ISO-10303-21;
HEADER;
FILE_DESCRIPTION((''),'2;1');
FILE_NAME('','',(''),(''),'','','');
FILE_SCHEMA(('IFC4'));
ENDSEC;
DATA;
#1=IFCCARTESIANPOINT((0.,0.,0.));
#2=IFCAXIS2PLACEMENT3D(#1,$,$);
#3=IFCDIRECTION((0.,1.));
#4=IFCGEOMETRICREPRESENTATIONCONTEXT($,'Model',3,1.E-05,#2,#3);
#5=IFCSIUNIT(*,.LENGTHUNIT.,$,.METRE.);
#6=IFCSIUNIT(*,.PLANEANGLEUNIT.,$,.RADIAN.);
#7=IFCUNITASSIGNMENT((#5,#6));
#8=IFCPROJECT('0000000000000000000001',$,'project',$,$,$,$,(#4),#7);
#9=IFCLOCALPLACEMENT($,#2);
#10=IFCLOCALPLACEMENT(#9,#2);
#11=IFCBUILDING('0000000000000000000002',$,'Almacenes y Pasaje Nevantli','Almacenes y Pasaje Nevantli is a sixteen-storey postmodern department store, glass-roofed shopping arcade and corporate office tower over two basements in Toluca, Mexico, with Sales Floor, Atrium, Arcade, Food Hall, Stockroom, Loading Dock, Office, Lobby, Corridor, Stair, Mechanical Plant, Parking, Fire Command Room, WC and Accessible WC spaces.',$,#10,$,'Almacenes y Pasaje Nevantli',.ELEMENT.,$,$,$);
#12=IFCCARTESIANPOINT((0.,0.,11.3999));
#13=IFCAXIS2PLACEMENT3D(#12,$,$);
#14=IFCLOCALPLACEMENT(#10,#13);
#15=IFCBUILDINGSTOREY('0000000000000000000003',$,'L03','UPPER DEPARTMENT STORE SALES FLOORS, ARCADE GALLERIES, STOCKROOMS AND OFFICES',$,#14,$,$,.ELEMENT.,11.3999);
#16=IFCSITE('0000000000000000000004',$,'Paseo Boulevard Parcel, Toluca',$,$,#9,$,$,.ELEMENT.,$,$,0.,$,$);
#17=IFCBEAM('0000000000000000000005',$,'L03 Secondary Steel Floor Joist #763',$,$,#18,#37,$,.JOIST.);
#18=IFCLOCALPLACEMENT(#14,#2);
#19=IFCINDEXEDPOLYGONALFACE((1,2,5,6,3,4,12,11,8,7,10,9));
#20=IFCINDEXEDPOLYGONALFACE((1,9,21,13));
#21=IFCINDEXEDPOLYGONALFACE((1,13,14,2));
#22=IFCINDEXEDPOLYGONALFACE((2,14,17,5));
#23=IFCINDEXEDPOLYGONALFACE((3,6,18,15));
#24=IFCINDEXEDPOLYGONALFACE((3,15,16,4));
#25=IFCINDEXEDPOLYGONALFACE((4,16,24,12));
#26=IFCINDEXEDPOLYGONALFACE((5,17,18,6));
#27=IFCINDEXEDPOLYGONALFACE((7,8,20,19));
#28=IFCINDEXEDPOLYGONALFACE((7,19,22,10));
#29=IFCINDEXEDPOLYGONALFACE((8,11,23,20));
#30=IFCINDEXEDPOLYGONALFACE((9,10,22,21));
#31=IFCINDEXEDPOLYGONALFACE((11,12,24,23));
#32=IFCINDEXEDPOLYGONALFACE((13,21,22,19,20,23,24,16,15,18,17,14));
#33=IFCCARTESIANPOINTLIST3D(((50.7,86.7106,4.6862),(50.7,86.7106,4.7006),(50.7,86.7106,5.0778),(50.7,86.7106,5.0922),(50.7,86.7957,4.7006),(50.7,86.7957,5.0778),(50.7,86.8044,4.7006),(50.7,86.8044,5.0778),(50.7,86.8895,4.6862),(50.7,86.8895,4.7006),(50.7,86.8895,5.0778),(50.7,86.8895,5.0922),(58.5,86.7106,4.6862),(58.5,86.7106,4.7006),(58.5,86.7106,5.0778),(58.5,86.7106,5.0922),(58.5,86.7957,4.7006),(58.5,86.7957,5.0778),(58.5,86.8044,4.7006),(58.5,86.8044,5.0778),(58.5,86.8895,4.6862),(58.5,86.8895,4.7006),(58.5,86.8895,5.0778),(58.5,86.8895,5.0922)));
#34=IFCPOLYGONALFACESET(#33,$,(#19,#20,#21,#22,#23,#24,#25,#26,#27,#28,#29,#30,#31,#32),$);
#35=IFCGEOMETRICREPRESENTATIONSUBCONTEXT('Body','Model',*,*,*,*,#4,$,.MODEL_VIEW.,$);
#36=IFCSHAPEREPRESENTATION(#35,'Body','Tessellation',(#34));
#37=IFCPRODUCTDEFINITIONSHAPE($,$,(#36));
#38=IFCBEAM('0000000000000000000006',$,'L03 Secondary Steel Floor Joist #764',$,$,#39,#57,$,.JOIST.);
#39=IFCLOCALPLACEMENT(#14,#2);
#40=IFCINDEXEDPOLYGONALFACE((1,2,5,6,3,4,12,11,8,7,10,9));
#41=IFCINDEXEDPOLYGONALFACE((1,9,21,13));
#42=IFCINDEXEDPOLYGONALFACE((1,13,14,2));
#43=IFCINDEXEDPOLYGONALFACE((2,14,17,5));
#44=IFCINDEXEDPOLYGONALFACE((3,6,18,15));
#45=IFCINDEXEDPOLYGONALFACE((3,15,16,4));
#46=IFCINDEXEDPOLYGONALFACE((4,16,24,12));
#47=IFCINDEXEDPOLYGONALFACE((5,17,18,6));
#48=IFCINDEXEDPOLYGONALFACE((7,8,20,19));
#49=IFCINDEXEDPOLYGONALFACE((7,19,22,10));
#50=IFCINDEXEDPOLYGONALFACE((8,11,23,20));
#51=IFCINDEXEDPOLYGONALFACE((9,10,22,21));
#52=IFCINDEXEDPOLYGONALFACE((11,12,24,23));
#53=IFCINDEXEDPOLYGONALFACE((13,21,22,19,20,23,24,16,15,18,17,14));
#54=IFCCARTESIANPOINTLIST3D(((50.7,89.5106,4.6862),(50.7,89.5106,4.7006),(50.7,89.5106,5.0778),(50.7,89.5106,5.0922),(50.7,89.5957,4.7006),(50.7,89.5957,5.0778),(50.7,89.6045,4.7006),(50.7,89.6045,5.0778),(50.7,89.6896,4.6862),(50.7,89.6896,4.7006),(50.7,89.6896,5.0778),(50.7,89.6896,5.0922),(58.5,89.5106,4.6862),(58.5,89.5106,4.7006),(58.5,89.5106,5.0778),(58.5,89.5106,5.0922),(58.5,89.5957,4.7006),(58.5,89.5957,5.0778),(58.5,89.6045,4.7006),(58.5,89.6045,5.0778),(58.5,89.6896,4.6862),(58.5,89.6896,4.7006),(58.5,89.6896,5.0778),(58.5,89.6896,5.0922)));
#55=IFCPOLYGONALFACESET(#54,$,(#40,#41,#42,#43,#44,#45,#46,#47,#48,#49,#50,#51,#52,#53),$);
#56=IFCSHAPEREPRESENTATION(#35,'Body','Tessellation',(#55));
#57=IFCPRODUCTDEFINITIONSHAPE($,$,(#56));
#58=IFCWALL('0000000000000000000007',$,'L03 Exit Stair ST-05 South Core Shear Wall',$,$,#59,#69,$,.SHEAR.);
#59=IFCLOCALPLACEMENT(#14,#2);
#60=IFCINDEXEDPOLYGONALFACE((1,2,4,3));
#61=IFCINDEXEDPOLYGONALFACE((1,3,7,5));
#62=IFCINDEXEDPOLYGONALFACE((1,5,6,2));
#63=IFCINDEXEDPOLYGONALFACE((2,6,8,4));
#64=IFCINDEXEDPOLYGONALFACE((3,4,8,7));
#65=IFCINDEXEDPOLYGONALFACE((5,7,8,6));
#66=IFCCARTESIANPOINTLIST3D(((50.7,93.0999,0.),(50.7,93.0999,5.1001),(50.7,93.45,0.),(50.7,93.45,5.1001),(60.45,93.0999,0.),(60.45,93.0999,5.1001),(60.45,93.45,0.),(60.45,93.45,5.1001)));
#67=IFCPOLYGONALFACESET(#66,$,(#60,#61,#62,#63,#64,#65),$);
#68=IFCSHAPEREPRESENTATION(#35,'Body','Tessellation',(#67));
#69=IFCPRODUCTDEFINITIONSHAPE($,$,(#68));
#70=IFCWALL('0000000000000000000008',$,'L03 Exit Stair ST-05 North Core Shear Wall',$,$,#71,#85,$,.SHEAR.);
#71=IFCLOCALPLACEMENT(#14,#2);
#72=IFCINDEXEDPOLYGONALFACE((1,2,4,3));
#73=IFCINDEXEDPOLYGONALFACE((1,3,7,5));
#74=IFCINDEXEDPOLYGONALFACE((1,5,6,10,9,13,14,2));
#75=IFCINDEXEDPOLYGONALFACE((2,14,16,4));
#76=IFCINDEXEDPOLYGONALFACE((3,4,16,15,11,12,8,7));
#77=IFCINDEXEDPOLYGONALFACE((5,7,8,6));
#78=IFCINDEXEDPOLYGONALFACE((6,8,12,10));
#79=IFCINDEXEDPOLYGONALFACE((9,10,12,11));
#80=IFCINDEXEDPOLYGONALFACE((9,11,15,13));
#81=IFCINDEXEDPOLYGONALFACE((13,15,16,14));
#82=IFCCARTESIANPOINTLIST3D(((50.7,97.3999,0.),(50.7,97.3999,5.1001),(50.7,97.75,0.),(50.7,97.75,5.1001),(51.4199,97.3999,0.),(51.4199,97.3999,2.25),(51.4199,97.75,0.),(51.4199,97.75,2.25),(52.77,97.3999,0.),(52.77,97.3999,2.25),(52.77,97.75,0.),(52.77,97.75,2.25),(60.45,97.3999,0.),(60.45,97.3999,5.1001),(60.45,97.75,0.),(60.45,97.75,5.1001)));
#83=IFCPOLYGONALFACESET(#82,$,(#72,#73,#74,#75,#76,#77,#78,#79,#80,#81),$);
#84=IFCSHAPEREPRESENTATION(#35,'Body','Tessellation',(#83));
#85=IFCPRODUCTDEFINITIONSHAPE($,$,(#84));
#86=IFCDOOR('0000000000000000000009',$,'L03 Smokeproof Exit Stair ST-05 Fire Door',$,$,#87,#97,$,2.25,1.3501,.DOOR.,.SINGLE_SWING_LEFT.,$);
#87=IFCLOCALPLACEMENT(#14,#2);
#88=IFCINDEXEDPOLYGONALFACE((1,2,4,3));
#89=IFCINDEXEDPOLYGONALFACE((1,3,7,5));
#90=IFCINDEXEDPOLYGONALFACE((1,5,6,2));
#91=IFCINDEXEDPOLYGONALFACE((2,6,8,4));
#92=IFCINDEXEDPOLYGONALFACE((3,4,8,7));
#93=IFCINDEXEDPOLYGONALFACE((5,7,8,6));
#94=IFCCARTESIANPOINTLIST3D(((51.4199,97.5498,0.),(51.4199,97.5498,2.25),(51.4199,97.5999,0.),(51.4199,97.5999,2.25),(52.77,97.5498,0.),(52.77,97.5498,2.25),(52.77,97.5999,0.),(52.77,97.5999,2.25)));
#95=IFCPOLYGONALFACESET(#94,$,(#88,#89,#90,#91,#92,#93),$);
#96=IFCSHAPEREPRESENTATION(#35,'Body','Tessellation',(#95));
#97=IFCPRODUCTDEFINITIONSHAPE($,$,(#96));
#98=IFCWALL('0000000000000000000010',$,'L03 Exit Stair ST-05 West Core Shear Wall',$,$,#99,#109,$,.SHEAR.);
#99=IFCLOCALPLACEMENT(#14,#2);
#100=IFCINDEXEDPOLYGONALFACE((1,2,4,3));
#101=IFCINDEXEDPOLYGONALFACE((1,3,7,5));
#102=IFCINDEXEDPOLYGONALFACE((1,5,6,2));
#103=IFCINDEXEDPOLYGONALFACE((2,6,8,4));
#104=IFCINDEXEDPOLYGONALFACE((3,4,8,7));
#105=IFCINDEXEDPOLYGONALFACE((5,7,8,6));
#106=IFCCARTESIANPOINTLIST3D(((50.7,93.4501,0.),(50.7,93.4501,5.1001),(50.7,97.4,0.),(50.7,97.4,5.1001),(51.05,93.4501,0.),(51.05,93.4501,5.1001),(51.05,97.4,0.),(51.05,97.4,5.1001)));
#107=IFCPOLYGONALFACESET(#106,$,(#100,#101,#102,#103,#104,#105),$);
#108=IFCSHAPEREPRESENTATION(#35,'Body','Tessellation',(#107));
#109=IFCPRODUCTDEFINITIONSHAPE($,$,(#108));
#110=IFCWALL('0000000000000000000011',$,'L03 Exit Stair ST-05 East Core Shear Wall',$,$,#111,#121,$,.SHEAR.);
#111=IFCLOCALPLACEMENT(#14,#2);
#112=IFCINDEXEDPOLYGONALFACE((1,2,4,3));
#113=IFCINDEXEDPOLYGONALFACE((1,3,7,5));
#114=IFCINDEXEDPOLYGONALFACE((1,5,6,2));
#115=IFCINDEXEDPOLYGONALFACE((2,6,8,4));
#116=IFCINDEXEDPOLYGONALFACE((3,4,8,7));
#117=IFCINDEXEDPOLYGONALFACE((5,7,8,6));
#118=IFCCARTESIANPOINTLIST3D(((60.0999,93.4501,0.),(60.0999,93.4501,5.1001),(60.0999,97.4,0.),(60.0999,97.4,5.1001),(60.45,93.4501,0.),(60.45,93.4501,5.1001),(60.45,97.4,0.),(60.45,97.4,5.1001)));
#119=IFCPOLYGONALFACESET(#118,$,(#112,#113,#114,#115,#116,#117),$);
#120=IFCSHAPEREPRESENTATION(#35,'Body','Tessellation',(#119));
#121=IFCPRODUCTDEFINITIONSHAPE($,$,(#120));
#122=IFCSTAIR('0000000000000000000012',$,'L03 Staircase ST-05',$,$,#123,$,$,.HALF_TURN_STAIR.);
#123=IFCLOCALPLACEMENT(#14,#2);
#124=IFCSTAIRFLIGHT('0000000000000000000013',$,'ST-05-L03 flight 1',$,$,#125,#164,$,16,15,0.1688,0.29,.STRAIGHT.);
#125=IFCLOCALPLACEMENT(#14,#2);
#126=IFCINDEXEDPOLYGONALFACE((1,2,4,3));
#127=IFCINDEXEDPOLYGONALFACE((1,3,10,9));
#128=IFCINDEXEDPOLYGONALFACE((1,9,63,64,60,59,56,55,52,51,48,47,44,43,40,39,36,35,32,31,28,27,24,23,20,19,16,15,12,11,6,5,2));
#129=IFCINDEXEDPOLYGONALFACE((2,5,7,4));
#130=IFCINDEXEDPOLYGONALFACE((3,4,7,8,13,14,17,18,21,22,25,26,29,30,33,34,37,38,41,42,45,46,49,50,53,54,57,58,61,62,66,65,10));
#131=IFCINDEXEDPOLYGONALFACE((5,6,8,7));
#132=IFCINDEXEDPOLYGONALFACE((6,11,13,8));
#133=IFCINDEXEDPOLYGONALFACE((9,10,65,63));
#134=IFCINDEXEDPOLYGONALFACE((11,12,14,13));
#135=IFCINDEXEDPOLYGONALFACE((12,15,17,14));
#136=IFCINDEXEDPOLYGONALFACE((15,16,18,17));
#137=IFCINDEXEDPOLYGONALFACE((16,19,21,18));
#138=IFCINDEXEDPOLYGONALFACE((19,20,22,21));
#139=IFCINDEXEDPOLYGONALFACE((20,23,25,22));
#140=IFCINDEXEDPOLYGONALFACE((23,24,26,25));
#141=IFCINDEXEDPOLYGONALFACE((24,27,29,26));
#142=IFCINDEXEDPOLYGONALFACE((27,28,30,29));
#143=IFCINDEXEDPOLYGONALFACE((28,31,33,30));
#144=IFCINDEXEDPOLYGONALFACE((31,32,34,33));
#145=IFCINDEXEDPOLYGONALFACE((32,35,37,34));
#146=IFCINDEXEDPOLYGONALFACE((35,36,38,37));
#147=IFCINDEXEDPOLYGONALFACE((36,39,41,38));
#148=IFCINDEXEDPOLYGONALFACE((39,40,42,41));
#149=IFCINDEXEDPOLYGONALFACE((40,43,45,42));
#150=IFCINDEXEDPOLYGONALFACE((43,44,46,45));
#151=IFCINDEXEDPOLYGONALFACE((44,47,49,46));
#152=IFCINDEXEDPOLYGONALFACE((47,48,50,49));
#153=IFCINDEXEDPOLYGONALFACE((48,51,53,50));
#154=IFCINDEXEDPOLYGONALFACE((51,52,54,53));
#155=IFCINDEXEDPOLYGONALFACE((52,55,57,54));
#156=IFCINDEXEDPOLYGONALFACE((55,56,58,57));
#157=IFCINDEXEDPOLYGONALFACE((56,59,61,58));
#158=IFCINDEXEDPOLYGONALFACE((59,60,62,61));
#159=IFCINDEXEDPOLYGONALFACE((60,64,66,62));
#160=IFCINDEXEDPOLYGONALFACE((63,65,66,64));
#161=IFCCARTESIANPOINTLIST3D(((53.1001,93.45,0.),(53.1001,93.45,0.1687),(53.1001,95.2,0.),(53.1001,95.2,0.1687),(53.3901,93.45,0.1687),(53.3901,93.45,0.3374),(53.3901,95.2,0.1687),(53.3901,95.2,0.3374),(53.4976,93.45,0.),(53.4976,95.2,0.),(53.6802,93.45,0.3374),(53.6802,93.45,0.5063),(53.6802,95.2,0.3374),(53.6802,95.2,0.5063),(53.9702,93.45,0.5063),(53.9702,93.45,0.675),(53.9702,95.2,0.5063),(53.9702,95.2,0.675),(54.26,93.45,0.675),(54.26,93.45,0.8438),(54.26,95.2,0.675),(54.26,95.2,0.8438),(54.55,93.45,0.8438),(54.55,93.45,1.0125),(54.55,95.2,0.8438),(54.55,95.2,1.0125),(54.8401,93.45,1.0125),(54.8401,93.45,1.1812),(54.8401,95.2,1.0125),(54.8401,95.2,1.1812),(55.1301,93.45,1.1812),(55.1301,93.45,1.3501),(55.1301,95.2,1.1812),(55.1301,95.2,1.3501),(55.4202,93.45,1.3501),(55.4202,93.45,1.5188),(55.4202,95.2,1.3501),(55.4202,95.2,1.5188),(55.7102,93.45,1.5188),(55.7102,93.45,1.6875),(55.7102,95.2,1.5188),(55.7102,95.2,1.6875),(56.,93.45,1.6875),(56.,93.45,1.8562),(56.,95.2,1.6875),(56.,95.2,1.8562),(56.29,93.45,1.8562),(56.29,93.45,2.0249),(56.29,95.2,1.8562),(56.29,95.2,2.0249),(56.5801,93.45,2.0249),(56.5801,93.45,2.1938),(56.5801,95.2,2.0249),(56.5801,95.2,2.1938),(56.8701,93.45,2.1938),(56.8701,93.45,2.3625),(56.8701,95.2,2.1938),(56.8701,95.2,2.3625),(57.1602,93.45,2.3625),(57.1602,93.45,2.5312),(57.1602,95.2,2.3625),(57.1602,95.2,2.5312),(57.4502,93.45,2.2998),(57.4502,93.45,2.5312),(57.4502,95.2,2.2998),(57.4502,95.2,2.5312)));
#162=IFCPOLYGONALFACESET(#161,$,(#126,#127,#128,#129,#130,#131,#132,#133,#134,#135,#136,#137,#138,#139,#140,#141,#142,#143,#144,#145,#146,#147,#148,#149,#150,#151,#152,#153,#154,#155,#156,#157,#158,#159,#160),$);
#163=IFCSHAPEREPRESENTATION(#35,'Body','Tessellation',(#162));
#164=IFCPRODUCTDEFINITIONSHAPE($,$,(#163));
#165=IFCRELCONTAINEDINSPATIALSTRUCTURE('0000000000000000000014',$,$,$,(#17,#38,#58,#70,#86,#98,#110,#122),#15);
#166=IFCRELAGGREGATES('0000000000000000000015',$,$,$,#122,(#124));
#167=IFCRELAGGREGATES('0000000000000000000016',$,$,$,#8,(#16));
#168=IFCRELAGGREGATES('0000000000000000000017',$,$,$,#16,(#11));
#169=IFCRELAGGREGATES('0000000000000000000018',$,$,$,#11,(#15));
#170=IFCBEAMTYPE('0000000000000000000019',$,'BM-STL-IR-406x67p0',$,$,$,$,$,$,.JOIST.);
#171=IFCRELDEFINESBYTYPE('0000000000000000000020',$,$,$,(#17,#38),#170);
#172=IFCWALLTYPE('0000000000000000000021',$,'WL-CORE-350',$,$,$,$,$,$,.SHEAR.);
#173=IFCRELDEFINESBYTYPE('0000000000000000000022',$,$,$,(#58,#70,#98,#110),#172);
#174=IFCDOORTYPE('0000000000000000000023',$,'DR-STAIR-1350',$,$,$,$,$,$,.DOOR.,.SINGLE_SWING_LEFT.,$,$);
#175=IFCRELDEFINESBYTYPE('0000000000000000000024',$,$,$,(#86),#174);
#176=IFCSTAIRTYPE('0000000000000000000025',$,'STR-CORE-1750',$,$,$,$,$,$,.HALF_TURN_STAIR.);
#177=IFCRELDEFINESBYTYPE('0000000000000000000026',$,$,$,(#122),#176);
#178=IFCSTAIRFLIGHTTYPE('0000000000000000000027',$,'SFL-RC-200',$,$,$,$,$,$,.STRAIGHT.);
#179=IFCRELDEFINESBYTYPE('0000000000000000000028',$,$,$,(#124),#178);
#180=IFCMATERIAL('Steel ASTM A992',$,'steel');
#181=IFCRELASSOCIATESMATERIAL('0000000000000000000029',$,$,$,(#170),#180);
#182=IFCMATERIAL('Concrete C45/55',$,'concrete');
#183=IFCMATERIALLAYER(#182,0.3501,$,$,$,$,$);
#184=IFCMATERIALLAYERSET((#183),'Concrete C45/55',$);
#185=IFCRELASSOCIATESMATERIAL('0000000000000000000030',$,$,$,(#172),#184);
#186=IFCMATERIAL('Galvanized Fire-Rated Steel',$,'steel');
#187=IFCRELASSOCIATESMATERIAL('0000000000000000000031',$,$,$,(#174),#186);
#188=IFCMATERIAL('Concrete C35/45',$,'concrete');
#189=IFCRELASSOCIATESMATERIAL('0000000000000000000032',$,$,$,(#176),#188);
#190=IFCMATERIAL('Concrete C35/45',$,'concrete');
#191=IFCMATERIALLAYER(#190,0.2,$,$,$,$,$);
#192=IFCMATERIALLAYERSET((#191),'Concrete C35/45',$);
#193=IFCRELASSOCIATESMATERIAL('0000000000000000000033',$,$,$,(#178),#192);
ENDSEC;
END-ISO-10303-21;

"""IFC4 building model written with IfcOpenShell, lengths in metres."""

from ifc_helpers import new_model, si_unit, direction, frame, frame_2d, origin, origin_2d, place, context, subcontext, project, spatial, polyline, rectangle, i_section, outline, extrude, material, layer, layer_set, material_profile, profile_set, type_object, element, fill, aggregate, save


model = new_model("IFC4")

# Units and contexts
model_context = context("Model", 3, precision=1e-05, world=origin(), true_north=direction((0.0, 1.0)))
body_context = subcontext(model_context, "Body", "Model", "MODEL_VIEW")
ifc_project = project(units=[si_unit("LENGTHUNIT", "METRE"), si_unit("PLANEANGLEUNIT", "RADIAN")], contexts=[model_context])

# Site, building, storey
site_placement = place(None, origin())
site = spatial("IfcSite", under=ifc_project, at=site_placement, Name="Paseo Boulevard Parcel, Toluca", CompositionType="ELEMENT", RefElevation=0.0)
building_placement = place(site_placement, origin())
building = spatial("IfcBuilding", under=site, at=building_placement, Name="Almacenes y Pasaje Nevantli", Description="Almacenes y Pasaje Nevantli is a sixteen-storey postmodern department store, glass-roofed shopping arcade and corporate office tower over two basements in Toluca, Mexico, with Sales Floor, Atrium, Arcade, Food Hall, Stockroom, Loading Dock, Office, Lobby, Corridor, Stair, Mechanical Plant, Parking, Fire Command Room, WC and Accessible WC spaces.", LongName="Almacenes y Pasaje Nevantli", CompositionType="ELEMENT")
storey_placement = place(building_placement, frame((0.0, 0.0, 11.3999)))
storey = spatial("IfcBuildingStorey", under=building, at=storey_placement, Name="L03", Description="UPPER DEPARTMENT STORE SALES FLOORS, ARCADE GALLERIES, STOCKROOMS AND OFFICES", CompositionType="ELEMENT", Elevation=11.3999)

# Beams
ifc_material_1 = material(Name="Steel ASTM A992", Category="steel")
ifc_material_profile_1 = material_profile(ifc_material_1, i_section(OverallWidth=0.179, OverallDepth=0.406, WebThickness=0.0088, FlangeThickness=0.0144, at=origin_2d()), Name="IR 406x67.0")
ifc_profile_set_1 = profile_set([ifc_material_profile_1], Name="Steel ASTM A992")
beam_type_1 = type_object("IfcBeamType", Name="BM-STL-IR-406x67p0", PredefinedType="JOIST", material=ifc_profile_set_1)
for number, where, z_axis, x_axis, name in (
    (1, (50.7, 86.8, 4.8892), (1.0, 0.0, 0.0), (0.0, 1.0, 0.0), "L03 Secondary Steel Floor Joist #763"),
    (2, (50.7, 89.6001, 4.8892), (1.0, 0.0, 0.0), (0.0, 1.0, 0.0), "L03 Secondary Steel Floor Joist #764"),
):
    element("IfcBeam", number, at=place(storey_placement, frame(where, z_axis=z_axis, x_axis=x_axis)), inside=storey, type_object=beam_type_1, Name=name, PredefinedType="JOIST", context=body_context, shape_type="SweptSolid", body=[
        extrude(i_section(OverallWidth=0.179, OverallDepth=0.406, WebThickness=0.0088, FlangeThickness=0.0144, at=origin_2d()), origin(), (0.0, 0.0, 1.0), 7.8),
    ])

# Wall
ifc_material_2 = material(Name="Concrete C45/55", Category="concrete")
ifc_layer_1 = layer(ifc_material_2, 0.3501)
ifc_layer_set_1 = layer_set([ifc_layer_1], Name="Concrete C45/55")
wall_type = type_object("IfcWallType", Name="WL-CORE-350", PredefinedType="SHEAR", material=ifc_layer_set_1)
wall_1_placement = place(storey_placement, frame((50.7, 93.2749, 0.0), z_axis=(0.0, 0.0, 1.0), x_axis=(1.0, 0.0, 0.0)))
element("IfcWall", 3, at=wall_1_placement, inside=storey, type_object=wall_type, Name="L03 Exit Stair ST-05 South Core Shear Wall", PredefinedType="SHEAR", context=body_context, shape_type="SweptSolid", body=[
    extrude(rectangle(XDim=9.75, YDim=0.3501, at=frame_2d((4.875, 0.0))), origin(), (0.0, 0.0, 1.0), 5.1001),
])

# Wall, opening, door
wall_2_placement = place(storey_placement, frame((50.7, 97.575, 0.0), z_axis=(0.0, 0.0, 1.0), x_axis=(1.0, 0.0, 0.0)))
wall_2 = element("IfcWall", 4, at=wall_2_placement, inside=storey, type_object=wall_type, Name="L03 Exit Stair ST-05 North Core Shear Wall", PredefinedType="SHEAR", context=body_context, shape_type="SweptSolid", body=[
    extrude(rectangle(XDim=9.75, YDim=0.3501, at=frame_2d((4.875, 0.0))), origin(), (0.0, 0.0, 1.0), 5.1001),
])
opening_placement = place(wall_2_placement, frame((0.72, 0.0, 0.0)))
opening = element("IfcOpeningElement", 5, at=opening_placement, cuts=wall_2, PredefinedType="OPENING", context=body_context, shape_type="SweptSolid", body=[
    extrude(rectangle(XDim=1.3501, YDim=2.25, at=frame_2d((0.675, 1.125))), frame((0.0, 0.1851, 0.0), z_axis=(0.0, -1.0, 0.0), x_axis=(1.0, 0.0, 0.0)), (0.0, 0.0, 1.0), 0.3701),
])
ifc_material_3 = material(Name="Galvanized Fire-Rated Steel", Category="steel")
door_type = type_object("IfcDoorType", Name="DR-STAIR-1350", OperationType="SINGLE_SWING_LEFT", PredefinedType="DOOR", material=ifc_material_3)
door_placement = place(opening_placement, origin())
door = element("IfcDoor", 6, at=door_placement, inside=storey, type_object=door_type, Name="L03 Smokeproof Exit Stair ST-05 Fire Door", OperationType="SINGLE_SWING_LEFT", OverallHeight=2.25, OverallWidth=1.3501, PredefinedType="DOOR", context=body_context, shape_type="SweptSolid", body=[
    extrude(rectangle(XDim=1.3501, YDim=2.25, at=frame_2d((0.675, 1.125))), frame((0.0, 0.0249, 0.0), z_axis=(0.0, -1.0, 0.0), x_axis=(1.0, 0.0, 0.0)), (0.0, 0.0, 1.0), 0.05),
])
fill(opening, door)

# Walls
for number, where, z_axis, x_axis, name in (
    (7, (50.875, 93.45, 0.0), (0.0, 0.0, 1.0), (0.0, 1.0, 0.0), "L03 Exit Stair ST-05 West Core Shear Wall"),
    (8, (60.2749, 93.45, 0.0), (0.0, 0.0, 1.0), (0.0, 1.0, 0.0), "L03 Exit Stair ST-05 East Core Shear Wall"),
):
    element("IfcWall", number, at=place(storey_placement, frame(where, z_axis=z_axis, x_axis=x_axis)), inside=storey, type_object=wall_type, Name=name, PredefinedType="SHEAR", context=body_context, shape_type="SweptSolid", body=[
        extrude(rectangle(XDim=3.95, YDim=0.3501, at=frame_2d((1.9751, 0.0))), origin(), (0.0, 0.0, 1.0), 5.1001),
    ])

# Stair, stair flight
ifc_material_4 = material(Name="Concrete C35/45", Category="concrete")
stair_type = type_object("IfcStairType", Name="STR-CORE-1750", PredefinedType="HALF_TURN_STAIR", material=ifc_material_4)
stair_placement = place(storey_placement, origin())
stair = element("IfcStair", 9, at=stair_placement, inside=storey, type_object=stair_type, Name="L03 Staircase ST-05", PredefinedType="HALF_TURN_STAIR")
ifc_material_5 = material(Name="Concrete C35/45", Category="concrete")
ifc_layer_2 = layer(ifc_material_5, 0.2)
ifc_layer_set_2 = layer_set([ifc_layer_2], Name="Concrete C35/45")
stair_flight_type = type_object("IfcStairFlightType", Name="SFL-RC-200", PredefinedType="STRAIGHT", material=ifc_layer_set_2)
stair_flight_1_placement = place(storey_placement, frame((53.1001, 94.325, 0.0), z_axis=(0.0, 0.0, 1.0), x_axis=(1.0, 0.0, 0.0)))
stair_flight_1 = element("IfcStairFlight", 10, at=stair_flight_1_placement, type_object=stair_flight_type, Name="ST-05-L03 flight 1", NumberOfRisers=16, NumberOfTreads=15, PredefinedType="STRAIGHT", RiserHeight=0.1688, TreadLength=0.29, context=body_context, shape_type="SweptSolid", body=[
    extrude(outline(polyline([(0.0, 0.0), (0.0, 0.1687), (0.29, 0.1687), (0.29, 0.3374), (0.5801, 0.3374), (0.5801, 0.5063), (0.8701, 0.5063), (0.8701, 0.675), (1.1599, 0.675), (1.1599, 0.8438), (1.45, 0.8438), (1.45, 1.0125), (1.74, 1.0125), (1.74, 1.1812), (2.03, 1.1812), (2.03, 1.3501), (2.3201, 1.3501), (2.3201, 1.5188), (2.6101, 1.5188), (2.6101, 1.6875), (2.8999, 1.6875), (2.8999, 1.8562), (3.1899, 1.8562), (3.1899, 2.0249), (3.48, 2.0249), (3.48, 2.1938), (3.77, 2.1938), (3.77, 2.3625), (4.0601, 2.3625), (4.0601, 2.5312), (4.3501, 2.5312), (4.3501, 2.7), (4.3501, 2.2998), (0.3975, 0.0), (0.0, 0.0)])), frame((0.0, 0.875, 0.0), z_axis=(0.0, -1.0, 0.0), x_axis=(1.0, 0.0, 0.0)), (0.0, 0.0, 1.0), 1.75),
])
aggregate(stair, [stair_flight_1])

save(model, "model.ifc")
